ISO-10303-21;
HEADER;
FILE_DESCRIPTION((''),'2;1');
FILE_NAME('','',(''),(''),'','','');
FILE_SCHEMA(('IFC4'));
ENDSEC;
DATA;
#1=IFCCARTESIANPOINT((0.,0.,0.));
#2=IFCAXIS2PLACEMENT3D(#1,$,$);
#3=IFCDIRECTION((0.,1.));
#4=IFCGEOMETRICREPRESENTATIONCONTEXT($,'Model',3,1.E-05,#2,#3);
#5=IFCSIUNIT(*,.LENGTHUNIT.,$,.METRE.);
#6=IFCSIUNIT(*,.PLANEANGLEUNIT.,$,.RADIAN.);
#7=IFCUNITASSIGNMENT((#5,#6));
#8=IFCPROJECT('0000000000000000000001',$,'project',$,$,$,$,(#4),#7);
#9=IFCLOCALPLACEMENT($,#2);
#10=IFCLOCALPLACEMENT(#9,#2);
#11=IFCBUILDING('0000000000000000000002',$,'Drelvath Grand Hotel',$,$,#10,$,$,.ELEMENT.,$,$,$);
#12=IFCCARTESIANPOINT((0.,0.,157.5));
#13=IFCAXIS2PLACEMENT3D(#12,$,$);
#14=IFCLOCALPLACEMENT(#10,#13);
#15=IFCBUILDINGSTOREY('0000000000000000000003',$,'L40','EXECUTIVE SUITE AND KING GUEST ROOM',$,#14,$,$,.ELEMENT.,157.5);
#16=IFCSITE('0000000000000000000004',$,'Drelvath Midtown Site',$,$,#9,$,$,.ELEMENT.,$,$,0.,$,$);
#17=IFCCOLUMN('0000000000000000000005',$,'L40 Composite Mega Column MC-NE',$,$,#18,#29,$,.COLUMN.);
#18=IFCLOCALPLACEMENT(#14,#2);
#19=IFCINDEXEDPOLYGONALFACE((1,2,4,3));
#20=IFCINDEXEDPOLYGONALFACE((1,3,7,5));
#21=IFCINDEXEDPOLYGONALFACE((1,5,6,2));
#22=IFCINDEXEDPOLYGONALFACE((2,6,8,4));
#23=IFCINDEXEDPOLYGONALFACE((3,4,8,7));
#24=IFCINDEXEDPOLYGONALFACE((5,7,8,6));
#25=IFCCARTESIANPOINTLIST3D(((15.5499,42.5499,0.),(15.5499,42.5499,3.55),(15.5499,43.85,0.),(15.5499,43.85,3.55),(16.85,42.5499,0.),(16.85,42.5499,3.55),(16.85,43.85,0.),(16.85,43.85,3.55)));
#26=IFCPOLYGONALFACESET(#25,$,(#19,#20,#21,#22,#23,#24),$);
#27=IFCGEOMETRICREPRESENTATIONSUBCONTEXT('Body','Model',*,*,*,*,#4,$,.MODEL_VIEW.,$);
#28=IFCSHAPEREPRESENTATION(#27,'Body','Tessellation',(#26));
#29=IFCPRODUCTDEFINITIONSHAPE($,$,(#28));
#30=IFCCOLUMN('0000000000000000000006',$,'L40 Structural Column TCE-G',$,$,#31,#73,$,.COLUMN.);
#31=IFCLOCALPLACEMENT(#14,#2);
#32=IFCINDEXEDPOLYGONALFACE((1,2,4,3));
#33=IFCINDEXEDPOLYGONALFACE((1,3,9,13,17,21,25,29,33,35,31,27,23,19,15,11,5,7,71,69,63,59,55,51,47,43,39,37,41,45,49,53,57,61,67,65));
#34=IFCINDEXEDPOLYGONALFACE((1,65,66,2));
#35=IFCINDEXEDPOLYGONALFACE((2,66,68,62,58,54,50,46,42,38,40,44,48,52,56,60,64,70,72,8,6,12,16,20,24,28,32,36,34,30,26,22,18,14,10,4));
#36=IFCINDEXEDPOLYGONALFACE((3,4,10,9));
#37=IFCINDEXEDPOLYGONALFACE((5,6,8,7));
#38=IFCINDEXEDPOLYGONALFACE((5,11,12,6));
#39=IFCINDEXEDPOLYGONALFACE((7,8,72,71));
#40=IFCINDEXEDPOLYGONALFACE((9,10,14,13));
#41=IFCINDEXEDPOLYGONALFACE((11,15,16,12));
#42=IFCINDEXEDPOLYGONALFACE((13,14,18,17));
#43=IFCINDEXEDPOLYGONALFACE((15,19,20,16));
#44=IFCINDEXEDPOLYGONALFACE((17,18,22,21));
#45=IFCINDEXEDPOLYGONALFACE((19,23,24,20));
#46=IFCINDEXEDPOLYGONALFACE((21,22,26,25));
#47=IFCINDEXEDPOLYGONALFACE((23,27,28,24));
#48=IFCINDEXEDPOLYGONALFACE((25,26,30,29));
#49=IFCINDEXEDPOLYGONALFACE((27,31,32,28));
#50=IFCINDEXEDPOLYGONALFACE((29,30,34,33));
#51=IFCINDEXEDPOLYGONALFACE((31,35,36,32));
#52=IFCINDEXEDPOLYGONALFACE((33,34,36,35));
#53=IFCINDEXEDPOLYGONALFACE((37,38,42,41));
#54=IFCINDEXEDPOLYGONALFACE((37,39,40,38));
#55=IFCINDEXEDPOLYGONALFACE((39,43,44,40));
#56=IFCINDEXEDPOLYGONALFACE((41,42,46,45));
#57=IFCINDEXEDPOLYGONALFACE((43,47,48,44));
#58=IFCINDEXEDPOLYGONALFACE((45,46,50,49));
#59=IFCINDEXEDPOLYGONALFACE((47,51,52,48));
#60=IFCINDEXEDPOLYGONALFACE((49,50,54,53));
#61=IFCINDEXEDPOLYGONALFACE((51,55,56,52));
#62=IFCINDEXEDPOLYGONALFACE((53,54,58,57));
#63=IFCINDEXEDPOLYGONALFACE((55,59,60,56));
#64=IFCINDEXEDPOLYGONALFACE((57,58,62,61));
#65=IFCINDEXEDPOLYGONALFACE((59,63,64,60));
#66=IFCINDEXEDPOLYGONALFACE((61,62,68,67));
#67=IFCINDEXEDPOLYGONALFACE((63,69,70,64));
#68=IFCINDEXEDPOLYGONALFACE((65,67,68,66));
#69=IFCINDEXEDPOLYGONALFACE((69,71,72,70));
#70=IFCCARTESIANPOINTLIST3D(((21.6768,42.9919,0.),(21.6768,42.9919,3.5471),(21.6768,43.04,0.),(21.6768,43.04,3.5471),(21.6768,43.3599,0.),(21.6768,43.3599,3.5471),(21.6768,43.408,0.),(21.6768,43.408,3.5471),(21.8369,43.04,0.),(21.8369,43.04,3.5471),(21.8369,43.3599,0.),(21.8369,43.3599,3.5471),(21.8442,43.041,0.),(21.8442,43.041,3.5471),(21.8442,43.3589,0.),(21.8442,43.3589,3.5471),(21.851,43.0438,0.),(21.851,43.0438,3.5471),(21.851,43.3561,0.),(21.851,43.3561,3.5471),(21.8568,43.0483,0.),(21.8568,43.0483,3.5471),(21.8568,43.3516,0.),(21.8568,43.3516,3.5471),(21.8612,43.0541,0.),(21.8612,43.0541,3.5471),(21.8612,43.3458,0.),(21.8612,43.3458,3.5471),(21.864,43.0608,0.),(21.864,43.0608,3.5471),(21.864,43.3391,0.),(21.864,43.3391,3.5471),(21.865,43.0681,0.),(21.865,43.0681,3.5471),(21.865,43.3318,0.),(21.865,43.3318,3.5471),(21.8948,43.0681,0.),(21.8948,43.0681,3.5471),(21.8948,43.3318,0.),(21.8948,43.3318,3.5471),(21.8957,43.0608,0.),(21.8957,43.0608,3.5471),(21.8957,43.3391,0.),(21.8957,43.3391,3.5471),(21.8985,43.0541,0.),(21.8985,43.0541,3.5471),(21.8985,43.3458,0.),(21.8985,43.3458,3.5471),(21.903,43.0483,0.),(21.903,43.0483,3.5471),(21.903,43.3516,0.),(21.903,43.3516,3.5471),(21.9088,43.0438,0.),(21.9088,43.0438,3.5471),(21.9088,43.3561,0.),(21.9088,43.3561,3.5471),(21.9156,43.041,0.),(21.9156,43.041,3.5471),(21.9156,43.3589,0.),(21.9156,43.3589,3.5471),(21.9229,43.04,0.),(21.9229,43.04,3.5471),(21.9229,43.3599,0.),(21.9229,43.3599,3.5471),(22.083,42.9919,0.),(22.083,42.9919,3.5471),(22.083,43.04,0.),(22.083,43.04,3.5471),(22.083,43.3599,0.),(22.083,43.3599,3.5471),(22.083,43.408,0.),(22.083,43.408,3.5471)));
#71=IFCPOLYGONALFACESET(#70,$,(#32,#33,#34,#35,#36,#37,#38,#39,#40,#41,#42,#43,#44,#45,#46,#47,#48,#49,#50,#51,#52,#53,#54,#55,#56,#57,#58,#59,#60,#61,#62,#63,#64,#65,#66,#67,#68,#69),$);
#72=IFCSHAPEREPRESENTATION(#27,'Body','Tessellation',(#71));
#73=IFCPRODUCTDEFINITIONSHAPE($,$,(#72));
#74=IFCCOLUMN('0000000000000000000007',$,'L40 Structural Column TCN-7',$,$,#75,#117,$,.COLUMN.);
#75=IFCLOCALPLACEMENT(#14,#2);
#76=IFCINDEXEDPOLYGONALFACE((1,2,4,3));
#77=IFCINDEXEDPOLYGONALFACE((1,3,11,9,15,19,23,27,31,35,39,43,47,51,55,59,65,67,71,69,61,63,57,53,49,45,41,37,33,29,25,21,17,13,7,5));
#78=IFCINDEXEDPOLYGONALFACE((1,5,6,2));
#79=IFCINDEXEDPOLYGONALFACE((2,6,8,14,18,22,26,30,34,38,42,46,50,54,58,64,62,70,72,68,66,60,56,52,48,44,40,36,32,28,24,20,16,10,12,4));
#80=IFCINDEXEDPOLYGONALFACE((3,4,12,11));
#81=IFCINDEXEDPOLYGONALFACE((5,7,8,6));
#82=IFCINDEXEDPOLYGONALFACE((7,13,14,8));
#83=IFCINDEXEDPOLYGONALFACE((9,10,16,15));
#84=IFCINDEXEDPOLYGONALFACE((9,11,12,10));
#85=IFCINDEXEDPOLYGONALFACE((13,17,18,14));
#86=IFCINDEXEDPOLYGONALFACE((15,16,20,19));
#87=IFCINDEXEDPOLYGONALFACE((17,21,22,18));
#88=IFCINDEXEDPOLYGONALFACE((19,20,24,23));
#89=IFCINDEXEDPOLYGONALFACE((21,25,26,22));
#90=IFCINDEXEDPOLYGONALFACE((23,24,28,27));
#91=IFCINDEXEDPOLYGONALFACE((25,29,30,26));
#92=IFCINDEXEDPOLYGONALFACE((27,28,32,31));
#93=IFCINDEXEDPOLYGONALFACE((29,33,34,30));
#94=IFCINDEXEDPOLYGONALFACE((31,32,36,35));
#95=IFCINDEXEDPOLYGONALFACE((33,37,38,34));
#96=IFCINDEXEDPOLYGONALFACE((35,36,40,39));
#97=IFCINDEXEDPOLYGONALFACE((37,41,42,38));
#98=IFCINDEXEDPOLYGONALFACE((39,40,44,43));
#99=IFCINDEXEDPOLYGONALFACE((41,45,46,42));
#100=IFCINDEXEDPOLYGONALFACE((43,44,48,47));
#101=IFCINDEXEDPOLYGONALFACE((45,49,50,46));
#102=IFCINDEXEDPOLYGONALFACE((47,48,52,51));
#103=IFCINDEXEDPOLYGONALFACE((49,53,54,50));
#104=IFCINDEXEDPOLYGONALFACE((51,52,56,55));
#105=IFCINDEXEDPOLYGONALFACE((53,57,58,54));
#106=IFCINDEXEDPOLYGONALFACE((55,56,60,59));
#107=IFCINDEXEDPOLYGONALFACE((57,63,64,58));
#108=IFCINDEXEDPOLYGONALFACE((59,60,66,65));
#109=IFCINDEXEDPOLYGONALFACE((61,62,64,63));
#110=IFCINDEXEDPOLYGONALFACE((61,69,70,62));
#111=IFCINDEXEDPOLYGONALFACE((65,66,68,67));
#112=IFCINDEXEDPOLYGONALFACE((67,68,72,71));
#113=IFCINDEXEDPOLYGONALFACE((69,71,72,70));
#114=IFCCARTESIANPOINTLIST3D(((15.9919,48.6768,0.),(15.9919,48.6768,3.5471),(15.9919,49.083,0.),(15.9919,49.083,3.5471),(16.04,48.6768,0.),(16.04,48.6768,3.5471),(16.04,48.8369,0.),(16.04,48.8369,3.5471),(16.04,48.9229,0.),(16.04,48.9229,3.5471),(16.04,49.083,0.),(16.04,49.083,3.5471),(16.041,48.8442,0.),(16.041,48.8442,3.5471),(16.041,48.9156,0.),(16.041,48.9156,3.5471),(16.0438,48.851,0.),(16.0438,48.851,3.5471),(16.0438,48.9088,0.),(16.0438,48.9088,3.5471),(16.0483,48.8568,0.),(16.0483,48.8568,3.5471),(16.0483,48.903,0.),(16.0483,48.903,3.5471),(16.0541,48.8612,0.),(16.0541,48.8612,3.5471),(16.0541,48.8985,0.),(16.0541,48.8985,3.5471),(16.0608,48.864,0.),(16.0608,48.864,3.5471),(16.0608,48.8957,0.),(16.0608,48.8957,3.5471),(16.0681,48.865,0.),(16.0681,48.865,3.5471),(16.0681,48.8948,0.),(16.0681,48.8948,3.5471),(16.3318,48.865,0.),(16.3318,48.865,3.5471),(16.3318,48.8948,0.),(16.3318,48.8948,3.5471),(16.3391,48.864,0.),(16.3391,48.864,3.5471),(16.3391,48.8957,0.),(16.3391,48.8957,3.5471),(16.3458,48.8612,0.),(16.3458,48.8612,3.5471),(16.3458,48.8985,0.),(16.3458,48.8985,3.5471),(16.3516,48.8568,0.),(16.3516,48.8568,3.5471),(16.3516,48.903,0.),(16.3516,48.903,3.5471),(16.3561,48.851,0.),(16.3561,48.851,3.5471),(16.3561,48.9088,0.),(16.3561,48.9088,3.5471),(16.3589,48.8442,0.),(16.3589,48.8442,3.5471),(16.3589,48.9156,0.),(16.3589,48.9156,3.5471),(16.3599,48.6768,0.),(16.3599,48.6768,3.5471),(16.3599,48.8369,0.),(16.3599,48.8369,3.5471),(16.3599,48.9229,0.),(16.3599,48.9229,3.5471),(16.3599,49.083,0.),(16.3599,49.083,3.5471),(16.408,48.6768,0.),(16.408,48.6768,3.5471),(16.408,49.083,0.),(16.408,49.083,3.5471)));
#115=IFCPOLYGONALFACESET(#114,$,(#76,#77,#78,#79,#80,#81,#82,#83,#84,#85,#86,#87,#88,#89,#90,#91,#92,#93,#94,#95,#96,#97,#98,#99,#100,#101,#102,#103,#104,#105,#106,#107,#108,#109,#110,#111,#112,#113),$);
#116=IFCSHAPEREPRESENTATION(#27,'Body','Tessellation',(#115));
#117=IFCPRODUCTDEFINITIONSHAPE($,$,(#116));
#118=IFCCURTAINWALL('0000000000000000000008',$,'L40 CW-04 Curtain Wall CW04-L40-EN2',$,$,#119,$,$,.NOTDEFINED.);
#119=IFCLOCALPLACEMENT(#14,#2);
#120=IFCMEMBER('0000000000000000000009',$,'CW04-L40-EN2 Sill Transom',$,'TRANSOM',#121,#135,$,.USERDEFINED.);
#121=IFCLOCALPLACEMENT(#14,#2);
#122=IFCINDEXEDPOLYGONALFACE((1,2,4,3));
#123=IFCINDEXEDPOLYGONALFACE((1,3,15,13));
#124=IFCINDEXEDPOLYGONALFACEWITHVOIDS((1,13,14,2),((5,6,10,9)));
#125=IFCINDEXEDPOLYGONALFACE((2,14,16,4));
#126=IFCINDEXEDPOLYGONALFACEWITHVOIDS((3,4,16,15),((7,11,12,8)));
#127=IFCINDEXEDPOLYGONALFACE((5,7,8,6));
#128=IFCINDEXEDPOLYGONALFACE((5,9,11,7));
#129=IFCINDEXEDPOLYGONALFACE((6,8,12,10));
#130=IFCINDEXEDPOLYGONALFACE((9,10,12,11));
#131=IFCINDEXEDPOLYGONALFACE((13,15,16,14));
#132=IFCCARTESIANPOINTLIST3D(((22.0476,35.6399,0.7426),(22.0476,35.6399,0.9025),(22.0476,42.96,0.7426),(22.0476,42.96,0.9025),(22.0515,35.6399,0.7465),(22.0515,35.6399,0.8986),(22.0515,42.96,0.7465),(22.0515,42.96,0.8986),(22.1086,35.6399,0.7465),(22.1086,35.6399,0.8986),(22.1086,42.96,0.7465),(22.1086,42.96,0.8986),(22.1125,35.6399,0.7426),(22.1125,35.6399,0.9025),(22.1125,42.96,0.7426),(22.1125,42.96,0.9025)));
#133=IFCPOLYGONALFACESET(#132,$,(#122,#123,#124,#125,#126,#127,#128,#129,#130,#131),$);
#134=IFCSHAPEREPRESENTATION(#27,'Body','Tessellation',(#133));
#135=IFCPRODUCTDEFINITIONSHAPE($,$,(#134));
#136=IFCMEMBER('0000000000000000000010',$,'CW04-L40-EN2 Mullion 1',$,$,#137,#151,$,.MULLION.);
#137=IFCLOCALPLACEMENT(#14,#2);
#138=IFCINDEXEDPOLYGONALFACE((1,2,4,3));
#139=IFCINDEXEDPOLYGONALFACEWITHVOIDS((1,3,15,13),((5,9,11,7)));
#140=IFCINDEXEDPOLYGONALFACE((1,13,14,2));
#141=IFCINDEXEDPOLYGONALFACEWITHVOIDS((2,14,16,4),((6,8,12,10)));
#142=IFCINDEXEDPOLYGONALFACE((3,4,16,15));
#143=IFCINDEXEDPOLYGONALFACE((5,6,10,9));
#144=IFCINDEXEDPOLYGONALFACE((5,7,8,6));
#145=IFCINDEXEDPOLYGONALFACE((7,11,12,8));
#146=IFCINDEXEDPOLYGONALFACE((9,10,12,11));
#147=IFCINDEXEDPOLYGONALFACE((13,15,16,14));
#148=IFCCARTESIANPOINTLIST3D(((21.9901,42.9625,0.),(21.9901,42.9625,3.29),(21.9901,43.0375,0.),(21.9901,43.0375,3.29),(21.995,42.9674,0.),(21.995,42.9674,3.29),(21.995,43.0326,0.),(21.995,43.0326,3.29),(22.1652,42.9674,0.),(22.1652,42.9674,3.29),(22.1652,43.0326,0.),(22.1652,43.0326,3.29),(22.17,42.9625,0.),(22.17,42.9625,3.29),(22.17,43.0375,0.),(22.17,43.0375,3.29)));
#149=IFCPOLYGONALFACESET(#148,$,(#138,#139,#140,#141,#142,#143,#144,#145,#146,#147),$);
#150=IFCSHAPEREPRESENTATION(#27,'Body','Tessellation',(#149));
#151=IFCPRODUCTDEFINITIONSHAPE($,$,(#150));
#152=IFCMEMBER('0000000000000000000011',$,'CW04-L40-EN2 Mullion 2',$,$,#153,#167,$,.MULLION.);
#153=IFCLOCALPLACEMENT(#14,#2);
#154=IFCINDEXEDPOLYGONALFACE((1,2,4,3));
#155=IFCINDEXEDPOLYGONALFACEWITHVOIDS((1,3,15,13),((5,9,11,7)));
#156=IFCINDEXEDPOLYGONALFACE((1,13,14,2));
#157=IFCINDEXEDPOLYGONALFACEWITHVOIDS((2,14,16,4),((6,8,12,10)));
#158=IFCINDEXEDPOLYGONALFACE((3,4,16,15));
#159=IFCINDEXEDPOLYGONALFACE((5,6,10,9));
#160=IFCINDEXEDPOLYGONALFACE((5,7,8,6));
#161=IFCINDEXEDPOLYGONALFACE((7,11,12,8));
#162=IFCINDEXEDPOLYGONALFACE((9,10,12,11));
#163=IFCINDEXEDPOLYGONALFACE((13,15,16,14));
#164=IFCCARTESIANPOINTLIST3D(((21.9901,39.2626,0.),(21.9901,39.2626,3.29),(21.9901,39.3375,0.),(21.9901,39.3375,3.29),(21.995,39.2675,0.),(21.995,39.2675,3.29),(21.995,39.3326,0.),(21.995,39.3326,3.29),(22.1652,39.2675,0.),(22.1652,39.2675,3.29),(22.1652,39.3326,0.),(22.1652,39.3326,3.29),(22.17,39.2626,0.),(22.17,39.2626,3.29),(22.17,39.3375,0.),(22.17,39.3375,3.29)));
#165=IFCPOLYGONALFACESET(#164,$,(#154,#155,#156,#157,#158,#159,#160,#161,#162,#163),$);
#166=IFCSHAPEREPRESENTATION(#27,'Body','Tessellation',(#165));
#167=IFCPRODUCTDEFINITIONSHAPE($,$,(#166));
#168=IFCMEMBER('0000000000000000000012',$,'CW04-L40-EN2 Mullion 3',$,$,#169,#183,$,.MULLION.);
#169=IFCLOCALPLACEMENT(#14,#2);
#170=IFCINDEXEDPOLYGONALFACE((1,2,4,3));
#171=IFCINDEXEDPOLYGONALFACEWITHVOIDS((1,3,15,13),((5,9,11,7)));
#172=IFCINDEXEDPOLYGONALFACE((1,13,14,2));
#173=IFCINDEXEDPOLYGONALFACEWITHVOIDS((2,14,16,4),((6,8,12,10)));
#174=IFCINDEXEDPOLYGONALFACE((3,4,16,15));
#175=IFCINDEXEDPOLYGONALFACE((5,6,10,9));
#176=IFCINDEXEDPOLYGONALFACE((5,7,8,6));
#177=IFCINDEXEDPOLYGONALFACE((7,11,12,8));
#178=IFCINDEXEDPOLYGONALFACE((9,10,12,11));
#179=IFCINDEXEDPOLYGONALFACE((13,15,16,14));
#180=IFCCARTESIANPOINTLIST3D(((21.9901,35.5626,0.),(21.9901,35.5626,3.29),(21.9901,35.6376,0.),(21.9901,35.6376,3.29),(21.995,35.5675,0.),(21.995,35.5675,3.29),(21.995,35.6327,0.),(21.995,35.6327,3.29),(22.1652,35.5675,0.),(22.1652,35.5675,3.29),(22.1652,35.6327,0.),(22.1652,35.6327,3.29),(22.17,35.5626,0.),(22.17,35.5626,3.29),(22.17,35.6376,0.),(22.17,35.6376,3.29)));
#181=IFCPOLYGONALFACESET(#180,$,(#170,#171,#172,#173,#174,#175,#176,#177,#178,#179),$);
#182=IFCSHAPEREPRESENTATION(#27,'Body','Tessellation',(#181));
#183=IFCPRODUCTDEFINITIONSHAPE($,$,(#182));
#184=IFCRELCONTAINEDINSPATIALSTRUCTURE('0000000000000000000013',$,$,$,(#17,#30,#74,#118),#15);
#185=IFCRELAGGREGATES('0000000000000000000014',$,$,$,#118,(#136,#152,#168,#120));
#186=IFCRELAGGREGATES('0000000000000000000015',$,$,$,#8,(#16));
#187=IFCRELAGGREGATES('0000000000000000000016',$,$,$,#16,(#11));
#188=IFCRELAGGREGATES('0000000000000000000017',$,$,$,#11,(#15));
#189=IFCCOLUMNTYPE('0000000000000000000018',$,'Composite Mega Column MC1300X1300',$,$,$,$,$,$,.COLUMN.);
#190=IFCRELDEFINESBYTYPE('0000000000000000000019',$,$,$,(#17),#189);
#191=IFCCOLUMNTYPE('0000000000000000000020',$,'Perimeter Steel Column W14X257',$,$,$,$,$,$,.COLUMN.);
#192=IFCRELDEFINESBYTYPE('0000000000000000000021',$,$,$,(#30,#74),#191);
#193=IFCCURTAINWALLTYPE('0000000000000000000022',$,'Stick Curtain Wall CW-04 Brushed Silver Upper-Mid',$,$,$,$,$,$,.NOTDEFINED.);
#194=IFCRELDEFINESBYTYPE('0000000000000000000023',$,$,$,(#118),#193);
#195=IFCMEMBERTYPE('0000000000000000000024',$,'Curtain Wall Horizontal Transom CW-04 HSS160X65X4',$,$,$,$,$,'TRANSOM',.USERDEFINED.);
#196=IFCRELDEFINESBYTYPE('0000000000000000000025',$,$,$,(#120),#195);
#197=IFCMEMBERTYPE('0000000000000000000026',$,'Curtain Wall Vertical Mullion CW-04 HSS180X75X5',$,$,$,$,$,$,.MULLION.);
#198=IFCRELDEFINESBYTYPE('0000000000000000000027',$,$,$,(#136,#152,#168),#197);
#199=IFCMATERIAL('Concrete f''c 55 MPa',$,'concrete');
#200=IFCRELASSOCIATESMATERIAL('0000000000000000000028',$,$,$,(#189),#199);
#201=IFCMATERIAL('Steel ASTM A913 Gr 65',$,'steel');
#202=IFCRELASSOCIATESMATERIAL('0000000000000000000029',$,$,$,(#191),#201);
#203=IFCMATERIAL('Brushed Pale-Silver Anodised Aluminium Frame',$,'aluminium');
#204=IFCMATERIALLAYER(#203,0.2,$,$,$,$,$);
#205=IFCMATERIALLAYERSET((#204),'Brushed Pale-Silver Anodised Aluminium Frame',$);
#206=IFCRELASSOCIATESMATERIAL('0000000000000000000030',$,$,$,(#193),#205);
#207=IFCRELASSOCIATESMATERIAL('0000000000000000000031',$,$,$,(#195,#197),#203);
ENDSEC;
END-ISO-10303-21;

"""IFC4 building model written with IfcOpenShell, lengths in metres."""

from ifc_helpers import new_model, si_unit, direction, frame, origin, origin_2d, place, context, subcontext, project, spatial, rectangle, hollow_rectangle, i_section, extrude, material, layer, layer_set, material_profile, profile_set, type_object, element, aggregate, save


model = new_model("IFC4")

# Units and contexts
model_context = context("Model", 3, precision=1e-05, world=origin(), true_north=direction((0.0, 1.0)))
body_context = subcontext(model_context, "Body", "Model", "MODEL_VIEW")
ifc_project = project(units=[si_unit("LENGTHUNIT", "METRE"), si_unit("PLANEANGLEUNIT", "RADIAN")], contexts=[model_context])

# Site, building, storey
site_placement = place(None, origin())
site = spatial("IfcSite", under=ifc_project, at=site_placement, Name="Drelvath Midtown Site", CompositionType="ELEMENT", RefElevation=0.0)
building_placement = place(site_placement, origin())
building = spatial("IfcBuilding", under=site, at=building_placement, Name="Drelvath Grand Hotel", CompositionType="ELEMENT")
storey_placement = place(building_placement, frame((0.0, 0.0, 157.5)))
storey = spatial("IfcBuildingStorey", under=building, at=storey_placement, Name="L40", Description="EXECUTIVE SUITE AND KING GUEST ROOM", CompositionType="ELEMENT", Elevation=157.5)

# Columns
ifc_material_1 = material(Name="Concrete f'c 55 MPa", Category="concrete")
ifc_material_profile_1 = material_profile(ifc_material_1, rectangle(XDim=1.3, YDim=1.3, at=origin_2d()), Name="MC1300X1300")
ifc_profile_set_1 = profile_set([ifc_material_profile_1], Name="Concrete f'c 55 MPa")
column_type_1 = type_object("IfcColumnType", Name="Composite Mega Column MC1300X1300", PredefinedType="COLUMN", material=ifc_profile_set_1)
column_placement = place(storey_placement, frame((16.2, 43.2, 0.0), z_axis=(0.0, 0.0, 1.0), x_axis=(1.0, 0.0, 0.0)))
element("IfcColumn", 1, at=column_placement, inside=storey, type_object=column_type_1, Name="L40 Composite Mega Column MC-NE", PredefinedType="COLUMN", context=body_context, shape_type="SweptSolid", body=[
    extrude(rectangle(XDim=1.3, YDim=1.3, at=origin_2d()), origin(), (0.0, 0.0, 1.0), 3.55),
])
ifc_material_2 = material(Name="Steel ASTM A913 Gr 65", Category="steel")
ifc_material_profile_2 = material_profile(ifc_material_2, i_section(OverallWidth=0.4062, OverallDepth=0.416, WebThickness=0.0298, FlangeThickness=0.0481, FilletRadius=0.0281, at=origin_2d()), Name="W14X257")
ifc_profile_set_2 = profile_set([ifc_material_profile_2], Name="Steel ASTM A913 Gr 65")
column_type_2 = type_object("IfcColumnType", Name="Perimeter Steel Column W14X257", PredefinedType="COLUMN", material=ifc_profile_set_2)
for number, where, z_axis, x_axis, name in (
    (2, (21.8799, 43.2, 0.0), (0.0, 0.0, 1.0), (1.0, 0.0, 0.0), "L40 Structural Column TCE-G"),
    (3, (16.2, 48.8799, 0.0), (0.0, 0.0, 1.0), (0.0, 1.0, 0.0), "L40 Structural Column TCN-7"),
):
    element("IfcColumn", number, at=place(storey_placement, frame(where, z_axis=z_axis, x_axis=x_axis)), inside=storey, type_object=column_type_2, Name=name, PredefinedType="COLUMN", context=body_context, shape_type="SweptSolid", body=[
        extrude(i_section(OverallWidth=0.4062, OverallDepth=0.416, WebThickness=0.0298, FlangeThickness=0.0481, FilletRadius=0.0281, at=origin_2d()), origin(), (0.0, 0.0, 1.0), 3.5471),
    ])

# Curtain wall, members
ifc_material_3 = material(Name="Brushed Pale-Silver Anodised Aluminium Frame", Category="aluminium")
ifc_layer_1 = layer(ifc_material_3, 0.2)
ifc_layer_set_1 = layer_set([ifc_layer_1], Name="Brushed Pale-Silver Anodised Aluminium Frame")
curtain_wall_type = type_object("IfcCurtainWallType", Name="Stick Curtain Wall CW-04 Brushed Silver Upper-Mid", PredefinedType="NOTDEFINED", material=ifc_layer_set_1)
curtain_wall_1_placement = place(storey_placement, origin())
curtain_wall_1 = element("IfcCurtainWall", 4, at=curtain_wall_1_placement, inside=storey, type_object=curtain_wall_type, Name="L40 CW-04 Curtain Wall CW04-L40-EN2", PredefinedType="NOTDEFINED")
ifc_material_profile_3 = material_profile(ifc_material_3, hollow_rectangle(XDim=0.0649, YDim=0.1599, WallThickness=0.0039, at=origin_2d()), Name="HSS160X65X4")
ifc_profile_set_3 = profile_set([ifc_material_profile_3], Name="Brushed Pale-Silver Anodised Aluminium Frame")
member_type_1 = type_object("IfcMemberType", Name="Curtain Wall Horizontal Transom CW-04 HSS160X65X4", ElementType="TRANSOM", PredefinedType="USERDEFINED", material=ifc_profile_set_3)
member_1_placement = place(storey_placement, frame((22.0801, 42.96, 0.8225), z_axis=(0.0, -1.0, 0.0), x_axis=(1.0, 0.0, 0.0)))
member_1 = element("IfcMember", 5, at=member_1_placement, type_object=member_type_1, Name="CW04-L40-EN2 Sill Transom", ObjectType="TRANSOM", PredefinedType="USERDEFINED", context=body_context, shape_type="SweptSolid", body=[
    extrude(hollow_rectangle(XDim=0.0649, YDim=0.1599, WallThickness=0.0039, at=origin_2d()), origin(), (0.0, 0.0, 1.0), 7.3201),
])
ifc_material_profile_4 = material_profile(ifc_material_3, hollow_rectangle(XDim=0.075, YDim=0.1799, WallThickness=0.0049, at=origin_2d()), Name="HSS180X75X5")
ifc_profile_set_4 = profile_set([ifc_material_profile_4], Name="Brushed Pale-Silver Anodised Aluminium Frame")
member_type_2 = type_object("IfcMemberType", Name="Curtain Wall Vertical Mullion CW-04 HSS180X75X5", PredefinedType="MULLION", material=ifc_profile_set_4)
member_2_placement = place(storey_placement, frame((22.0801, 43.0, 0.0), z_axis=(0.0, 0.0, 1.0), x_axis=(0.0, 1.0, 0.0)))
member_2 = element("IfcMember", 6, at=member_2_placement, type_object=member_type_2, Name="CW04-L40-EN2 Mullion 1", PredefinedType="MULLION", context=body_context, shape_type="SweptSolid", body=[
    extrude(hollow_rectangle(XDim=0.075, YDim=0.1799, WallThickness=0.0049, at=origin_2d()), origin(), (0.0, 0.0, 1.0), 3.29),
])
member_3_placement = place(storey_placement, frame((22.0801, 39.3, 0.0), z_axis=(0.0, 0.0, 1.0), x_axis=(0.0, 1.0, 0.0)))
member_3 = element("IfcMember", 7, at=member_3_placement, type_object=member_type_2, Name="CW04-L40-EN2 Mullion 2", PredefinedType="MULLION", context=body_context, shape_type="SweptSolid", body=[
    extrude(hollow_rectangle(XDim=0.075, YDim=0.1799, WallThickness=0.0049, at=origin_2d()), origin(), (0.0, 0.0, 1.0), 3.29),
])
member_4_placement = place(storey_placement, frame((22.0801, 35.6001, 0.0), z_axis=(0.0, 0.0, 1.0), x_axis=(0.0, 1.0, 0.0)))
member_4 = element("IfcMember", 8, at=member_4_placement, type_object=member_type_2, Name="CW04-L40-EN2 Mullion 3", PredefinedType="MULLION", context=body_context, shape_type="SweptSolid", body=[
    extrude(hollow_rectangle(XDim=0.075, YDim=0.1799, WallThickness=0.0049, at=origin_2d()), origin(), (0.0, 0.0, 1.0), 3.29),
])

aggregate(curtain_wall_1, [member_2, member_3, member_4, member_1])

save(model, "model.ifc")
